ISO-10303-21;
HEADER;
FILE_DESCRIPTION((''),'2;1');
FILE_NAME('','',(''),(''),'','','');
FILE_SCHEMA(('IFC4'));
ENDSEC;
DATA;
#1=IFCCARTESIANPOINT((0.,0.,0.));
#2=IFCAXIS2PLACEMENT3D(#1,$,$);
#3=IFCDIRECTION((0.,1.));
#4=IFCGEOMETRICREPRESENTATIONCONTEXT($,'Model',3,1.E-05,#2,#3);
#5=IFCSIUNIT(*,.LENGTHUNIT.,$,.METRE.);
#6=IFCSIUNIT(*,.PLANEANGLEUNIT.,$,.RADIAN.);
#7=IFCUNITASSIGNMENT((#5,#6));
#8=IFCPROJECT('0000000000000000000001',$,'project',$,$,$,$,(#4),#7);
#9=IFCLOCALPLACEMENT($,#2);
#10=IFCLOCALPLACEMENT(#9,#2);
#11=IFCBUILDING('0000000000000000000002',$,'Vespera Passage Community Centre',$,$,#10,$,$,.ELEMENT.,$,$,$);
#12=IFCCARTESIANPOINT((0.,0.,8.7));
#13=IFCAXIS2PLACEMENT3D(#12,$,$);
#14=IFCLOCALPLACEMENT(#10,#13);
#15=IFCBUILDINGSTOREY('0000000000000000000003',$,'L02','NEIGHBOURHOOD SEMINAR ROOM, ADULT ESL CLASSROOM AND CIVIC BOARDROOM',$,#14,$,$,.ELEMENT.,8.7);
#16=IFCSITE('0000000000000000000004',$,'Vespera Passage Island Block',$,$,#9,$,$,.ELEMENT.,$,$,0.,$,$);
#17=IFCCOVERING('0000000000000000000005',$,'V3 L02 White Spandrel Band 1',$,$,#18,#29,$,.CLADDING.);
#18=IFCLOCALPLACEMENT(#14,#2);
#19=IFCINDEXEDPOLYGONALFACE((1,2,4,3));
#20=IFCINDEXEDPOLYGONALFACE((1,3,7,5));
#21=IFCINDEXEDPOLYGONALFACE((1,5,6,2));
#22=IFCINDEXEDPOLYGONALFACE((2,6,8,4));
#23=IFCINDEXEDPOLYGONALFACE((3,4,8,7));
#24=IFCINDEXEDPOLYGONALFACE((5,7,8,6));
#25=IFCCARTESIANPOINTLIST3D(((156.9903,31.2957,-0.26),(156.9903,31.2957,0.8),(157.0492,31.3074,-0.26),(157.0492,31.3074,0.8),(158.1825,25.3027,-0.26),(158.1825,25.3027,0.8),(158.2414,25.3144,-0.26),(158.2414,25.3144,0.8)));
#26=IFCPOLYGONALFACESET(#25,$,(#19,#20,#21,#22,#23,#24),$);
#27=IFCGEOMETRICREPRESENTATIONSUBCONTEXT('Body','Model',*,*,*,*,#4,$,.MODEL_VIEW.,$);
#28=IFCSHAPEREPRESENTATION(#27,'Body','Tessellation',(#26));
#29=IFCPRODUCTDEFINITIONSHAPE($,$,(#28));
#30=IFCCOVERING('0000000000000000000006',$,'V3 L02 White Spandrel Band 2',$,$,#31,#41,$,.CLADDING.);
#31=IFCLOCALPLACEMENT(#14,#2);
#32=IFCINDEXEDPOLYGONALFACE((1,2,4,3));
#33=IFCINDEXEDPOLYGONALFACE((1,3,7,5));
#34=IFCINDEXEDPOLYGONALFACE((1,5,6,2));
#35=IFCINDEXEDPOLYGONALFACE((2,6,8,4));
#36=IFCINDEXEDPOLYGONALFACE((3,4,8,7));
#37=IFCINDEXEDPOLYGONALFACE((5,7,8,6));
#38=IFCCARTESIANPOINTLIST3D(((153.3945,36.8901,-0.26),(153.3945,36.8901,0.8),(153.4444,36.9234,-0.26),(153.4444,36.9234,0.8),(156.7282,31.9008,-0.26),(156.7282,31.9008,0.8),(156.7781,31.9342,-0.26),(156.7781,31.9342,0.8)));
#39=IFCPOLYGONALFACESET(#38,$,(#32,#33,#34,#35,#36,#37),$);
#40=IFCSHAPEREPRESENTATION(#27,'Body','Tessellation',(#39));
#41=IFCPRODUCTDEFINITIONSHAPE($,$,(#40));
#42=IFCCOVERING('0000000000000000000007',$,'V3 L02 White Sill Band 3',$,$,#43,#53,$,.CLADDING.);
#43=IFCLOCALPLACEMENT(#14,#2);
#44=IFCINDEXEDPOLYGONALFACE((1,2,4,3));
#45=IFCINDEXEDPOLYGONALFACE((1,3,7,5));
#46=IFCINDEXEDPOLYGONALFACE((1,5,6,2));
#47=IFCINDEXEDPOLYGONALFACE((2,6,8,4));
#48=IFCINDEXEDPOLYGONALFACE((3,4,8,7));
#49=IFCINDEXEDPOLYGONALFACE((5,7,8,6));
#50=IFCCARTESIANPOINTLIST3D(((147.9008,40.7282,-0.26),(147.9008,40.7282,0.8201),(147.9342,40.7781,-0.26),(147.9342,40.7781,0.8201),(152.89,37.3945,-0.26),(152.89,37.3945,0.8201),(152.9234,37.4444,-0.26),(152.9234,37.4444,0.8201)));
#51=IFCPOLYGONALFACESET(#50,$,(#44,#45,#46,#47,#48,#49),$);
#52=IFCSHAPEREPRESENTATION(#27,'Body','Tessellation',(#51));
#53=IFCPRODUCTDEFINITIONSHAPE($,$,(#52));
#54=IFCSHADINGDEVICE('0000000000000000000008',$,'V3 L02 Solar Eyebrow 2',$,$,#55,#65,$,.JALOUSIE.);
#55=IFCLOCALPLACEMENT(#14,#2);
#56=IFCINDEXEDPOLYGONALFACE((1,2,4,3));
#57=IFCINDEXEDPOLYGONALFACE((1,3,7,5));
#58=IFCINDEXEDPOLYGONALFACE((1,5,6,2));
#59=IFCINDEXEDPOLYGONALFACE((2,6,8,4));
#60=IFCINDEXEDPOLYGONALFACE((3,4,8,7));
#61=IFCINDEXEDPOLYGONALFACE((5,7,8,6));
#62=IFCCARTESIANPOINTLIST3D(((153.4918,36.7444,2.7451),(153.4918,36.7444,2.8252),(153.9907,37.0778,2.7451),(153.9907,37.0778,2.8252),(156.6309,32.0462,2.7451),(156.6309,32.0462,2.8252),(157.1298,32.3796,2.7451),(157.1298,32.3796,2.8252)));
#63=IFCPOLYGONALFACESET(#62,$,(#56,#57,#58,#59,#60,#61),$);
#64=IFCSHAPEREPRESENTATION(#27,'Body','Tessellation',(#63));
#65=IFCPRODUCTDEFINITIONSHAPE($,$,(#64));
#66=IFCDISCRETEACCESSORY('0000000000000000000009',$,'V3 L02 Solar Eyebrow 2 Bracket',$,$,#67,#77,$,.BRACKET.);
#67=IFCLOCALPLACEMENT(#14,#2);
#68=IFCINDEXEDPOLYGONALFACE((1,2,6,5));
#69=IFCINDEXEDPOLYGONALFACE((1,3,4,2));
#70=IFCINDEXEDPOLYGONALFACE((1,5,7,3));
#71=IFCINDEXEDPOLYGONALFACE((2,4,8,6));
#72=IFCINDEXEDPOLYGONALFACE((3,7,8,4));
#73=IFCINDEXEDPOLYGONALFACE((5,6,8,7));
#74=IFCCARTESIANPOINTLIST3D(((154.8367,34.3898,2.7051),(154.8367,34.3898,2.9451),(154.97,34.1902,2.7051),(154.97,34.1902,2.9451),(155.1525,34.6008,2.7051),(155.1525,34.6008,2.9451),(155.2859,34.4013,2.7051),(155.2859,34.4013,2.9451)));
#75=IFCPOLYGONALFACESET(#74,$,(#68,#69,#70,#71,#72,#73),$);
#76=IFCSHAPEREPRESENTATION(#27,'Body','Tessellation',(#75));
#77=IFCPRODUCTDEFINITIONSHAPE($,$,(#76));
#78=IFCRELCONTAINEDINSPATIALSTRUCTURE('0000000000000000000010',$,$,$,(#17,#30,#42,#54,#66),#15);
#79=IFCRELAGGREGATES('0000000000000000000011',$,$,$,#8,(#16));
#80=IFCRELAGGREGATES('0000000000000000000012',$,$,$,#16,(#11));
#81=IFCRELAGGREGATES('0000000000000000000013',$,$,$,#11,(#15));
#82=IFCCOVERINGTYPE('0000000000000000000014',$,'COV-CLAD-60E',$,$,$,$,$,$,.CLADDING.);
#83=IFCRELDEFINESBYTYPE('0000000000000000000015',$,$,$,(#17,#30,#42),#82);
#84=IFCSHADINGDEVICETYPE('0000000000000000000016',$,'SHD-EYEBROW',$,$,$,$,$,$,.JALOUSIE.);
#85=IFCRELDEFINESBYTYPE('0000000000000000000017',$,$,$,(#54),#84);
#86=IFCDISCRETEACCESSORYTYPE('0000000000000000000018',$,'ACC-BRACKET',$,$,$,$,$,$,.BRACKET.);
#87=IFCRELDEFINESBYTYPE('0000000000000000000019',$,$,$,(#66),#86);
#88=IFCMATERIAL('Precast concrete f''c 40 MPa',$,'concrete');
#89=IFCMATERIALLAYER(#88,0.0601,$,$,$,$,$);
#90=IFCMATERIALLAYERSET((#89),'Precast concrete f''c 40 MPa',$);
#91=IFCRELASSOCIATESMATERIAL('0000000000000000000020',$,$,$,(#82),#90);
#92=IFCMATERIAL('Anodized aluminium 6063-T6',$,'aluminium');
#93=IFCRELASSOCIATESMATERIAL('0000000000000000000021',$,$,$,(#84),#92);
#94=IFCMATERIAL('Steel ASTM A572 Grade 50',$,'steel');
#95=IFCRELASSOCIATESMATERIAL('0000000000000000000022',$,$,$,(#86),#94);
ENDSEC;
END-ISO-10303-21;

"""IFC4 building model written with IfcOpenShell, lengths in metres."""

from ifc_helpers import new_model, si_unit, direction, frame, frame_2d, origin, origin_2d, place, context, subcontext, project, spatial, rectangle, extrude, material, layer, layer_set, type_object, element, save


model = new_model("IFC4")

# Units and contexts
model_context = context("Model", 3, precision=1e-05, world=origin(), true_north=direction((0.0, 1.0)))
body_context = subcontext(model_context, "Body", "Model", "MODEL_VIEW")
ifc_project = project(units=[si_unit("LENGTHUNIT", "METRE"), si_unit("PLANEANGLEUNIT", "RADIAN")], contexts=[model_context])

# Site, building, storey
site_placement = place(None, origin())
site = spatial("IfcSite", under=ifc_project, at=site_placement, Name="Vespera Passage Island Block", CompositionType="ELEMENT", RefElevation=0.0)
building_placement = place(site_placement, origin())
building = spatial("IfcBuilding", under=site, at=building_placement, Name="Vespera Passage Community Centre", CompositionType="ELEMENT")
storey_placement = place(building_placement, frame((0.0, 0.0, 8.7)))
storey = spatial("IfcBuildingStorey", under=building, at=storey_placement, Name="L02", Description="NEIGHBOURHOOD SEMINAR ROOM, ADULT ESL CLASSROOM AND CIVIC BOARDROOM", CompositionType="ELEMENT", Elevation=8.7)

# Coverings
ifc_material_1 = material(Name="Precast concrete f'c 40 MPa", Category="concrete")
ifc_layer_1 = layer(ifc_material_1, 0.0601)
ifc_layer_set_1 = layer_set([ifc_layer_1], Name="Precast concrete f'c 40 MPa")
covering_type = type_object("IfcCoveringType", Name="COV-CLAD-60E", PredefinedType="CLADDING", material=ifc_layer_set_1)
covering_1_placement = place(storey_placement, frame((157.0198, 31.3015, -0.26), z_axis=(0.0, 0.0, 1.0), x_axis=(0.195102, -0.980783, 0.0)))
element("IfcCovering", 1, at=covering_1_placement, inside=storey, type_object=covering_type, Name="V3 L02 White Spandrel Band 1", PredefinedType="CLADDING", context=body_context, shape_type="SweptSolid", body=[
    extrude(rectangle(XDim=6.1104, YDim=0.0601, at=frame_2d((3.0552, 0.0))), origin(), (0.0, 0.0, 1.0), 1.0601),
])
covering_2_placement = place(storey_placement, frame((153.4194, 36.9067, -0.26), z_axis=(0.0, 0.0, 1.0), x_axis=(0.555573, -0.831468, 0.0)))
element("IfcCovering", 2, at=covering_2_placement, inside=storey, type_object=covering_type, Name="V3 L02 White Spandrel Band 2", PredefinedType="CLADDING", context=body_context, shape_type="SweptSolid", body=[
    extrude(rectangle(XDim=6.0005, YDim=0.0601, at=frame_2d((3.0002, 0.0))), origin(), (0.0, 0.0, 1.0), 1.0601),
])
covering_3_placement = place(storey_placement, frame((147.9175, 40.7532, -0.26), z_axis=(0.0, 0.0, 1.0), x_axis=(0.831468, -0.555573, 0.0)))
element("IfcCovering", 3, at=covering_3_placement, inside=storey, type_object=covering_type, Name="V3 L02 White Sill Band 3", PredefinedType="CLADDING", context=body_context, shape_type="SweptSolid", body=[
    extrude(rectangle(XDim=6.0005, YDim=0.0601, at=frame_2d((3.0002, 0.0))), origin(), (0.0, 0.0, 1.0), 1.0801),
])

# Shading device
ifc_material_2 = material(Name="Anodized aluminium 6063-T6", Category="aluminium")
shading_device_type = type_object("IfcShadingDeviceType", Name="SHD-EYEBROW", PredefinedType="JALOUSIE", material=ifc_material_2)
shading_device_placement = place(storey_placement, frame((155.3108, 34.562, 2.7451), z_axis=(0.0, 0.0, 1.0), x_axis=(0.555556, -0.831479, 0.0)))
element("IfcShadingDevice", 4, at=shading_device_placement, inside=storey, type_object=shading_device_type, Name="V3 L02 Solar Eyebrow 2", PredefinedType="JALOUSIE", context=body_context, shape_type="SweptSolid", body=[
    extrude(rectangle(XDim=5.6504, YDim=0.6001, at=origin_2d()), origin(), (0.0, 0.0, 1.0), 0.0801),
])

# Discrete accessory
ifc_material_3 = material(Name="Steel ASTM A572 Grade 50", Category="steel")
discrete_accessory_type = type_object("IfcDiscreteAccessoryType", Name="ACC-BRACKET", PredefinedType="BRACKET", material=ifc_material_3)
discrete_accessory_placement = place(storey_placement, frame((155.0613, 34.3955, 2.7051), z_axis=(0.0, 0.0, 1.0), x_axis=(0.555556, -0.831479, 0.0)))
element("IfcDiscreteAccessory", 5, at=discrete_accessory_placement, inside=storey, type_object=discrete_accessory_type, Name="V3 L02 Solar Eyebrow 2 Bracket", PredefinedType="BRACKET", context=body_context, shape_type="SweptSolid", body=[
    extrude(rectangle(XDim=0.24, YDim=0.3799, at=origin_2d()), origin(), (0.0, 0.0, 1.0), 0.24),
])

save(model, "model.ifc")
